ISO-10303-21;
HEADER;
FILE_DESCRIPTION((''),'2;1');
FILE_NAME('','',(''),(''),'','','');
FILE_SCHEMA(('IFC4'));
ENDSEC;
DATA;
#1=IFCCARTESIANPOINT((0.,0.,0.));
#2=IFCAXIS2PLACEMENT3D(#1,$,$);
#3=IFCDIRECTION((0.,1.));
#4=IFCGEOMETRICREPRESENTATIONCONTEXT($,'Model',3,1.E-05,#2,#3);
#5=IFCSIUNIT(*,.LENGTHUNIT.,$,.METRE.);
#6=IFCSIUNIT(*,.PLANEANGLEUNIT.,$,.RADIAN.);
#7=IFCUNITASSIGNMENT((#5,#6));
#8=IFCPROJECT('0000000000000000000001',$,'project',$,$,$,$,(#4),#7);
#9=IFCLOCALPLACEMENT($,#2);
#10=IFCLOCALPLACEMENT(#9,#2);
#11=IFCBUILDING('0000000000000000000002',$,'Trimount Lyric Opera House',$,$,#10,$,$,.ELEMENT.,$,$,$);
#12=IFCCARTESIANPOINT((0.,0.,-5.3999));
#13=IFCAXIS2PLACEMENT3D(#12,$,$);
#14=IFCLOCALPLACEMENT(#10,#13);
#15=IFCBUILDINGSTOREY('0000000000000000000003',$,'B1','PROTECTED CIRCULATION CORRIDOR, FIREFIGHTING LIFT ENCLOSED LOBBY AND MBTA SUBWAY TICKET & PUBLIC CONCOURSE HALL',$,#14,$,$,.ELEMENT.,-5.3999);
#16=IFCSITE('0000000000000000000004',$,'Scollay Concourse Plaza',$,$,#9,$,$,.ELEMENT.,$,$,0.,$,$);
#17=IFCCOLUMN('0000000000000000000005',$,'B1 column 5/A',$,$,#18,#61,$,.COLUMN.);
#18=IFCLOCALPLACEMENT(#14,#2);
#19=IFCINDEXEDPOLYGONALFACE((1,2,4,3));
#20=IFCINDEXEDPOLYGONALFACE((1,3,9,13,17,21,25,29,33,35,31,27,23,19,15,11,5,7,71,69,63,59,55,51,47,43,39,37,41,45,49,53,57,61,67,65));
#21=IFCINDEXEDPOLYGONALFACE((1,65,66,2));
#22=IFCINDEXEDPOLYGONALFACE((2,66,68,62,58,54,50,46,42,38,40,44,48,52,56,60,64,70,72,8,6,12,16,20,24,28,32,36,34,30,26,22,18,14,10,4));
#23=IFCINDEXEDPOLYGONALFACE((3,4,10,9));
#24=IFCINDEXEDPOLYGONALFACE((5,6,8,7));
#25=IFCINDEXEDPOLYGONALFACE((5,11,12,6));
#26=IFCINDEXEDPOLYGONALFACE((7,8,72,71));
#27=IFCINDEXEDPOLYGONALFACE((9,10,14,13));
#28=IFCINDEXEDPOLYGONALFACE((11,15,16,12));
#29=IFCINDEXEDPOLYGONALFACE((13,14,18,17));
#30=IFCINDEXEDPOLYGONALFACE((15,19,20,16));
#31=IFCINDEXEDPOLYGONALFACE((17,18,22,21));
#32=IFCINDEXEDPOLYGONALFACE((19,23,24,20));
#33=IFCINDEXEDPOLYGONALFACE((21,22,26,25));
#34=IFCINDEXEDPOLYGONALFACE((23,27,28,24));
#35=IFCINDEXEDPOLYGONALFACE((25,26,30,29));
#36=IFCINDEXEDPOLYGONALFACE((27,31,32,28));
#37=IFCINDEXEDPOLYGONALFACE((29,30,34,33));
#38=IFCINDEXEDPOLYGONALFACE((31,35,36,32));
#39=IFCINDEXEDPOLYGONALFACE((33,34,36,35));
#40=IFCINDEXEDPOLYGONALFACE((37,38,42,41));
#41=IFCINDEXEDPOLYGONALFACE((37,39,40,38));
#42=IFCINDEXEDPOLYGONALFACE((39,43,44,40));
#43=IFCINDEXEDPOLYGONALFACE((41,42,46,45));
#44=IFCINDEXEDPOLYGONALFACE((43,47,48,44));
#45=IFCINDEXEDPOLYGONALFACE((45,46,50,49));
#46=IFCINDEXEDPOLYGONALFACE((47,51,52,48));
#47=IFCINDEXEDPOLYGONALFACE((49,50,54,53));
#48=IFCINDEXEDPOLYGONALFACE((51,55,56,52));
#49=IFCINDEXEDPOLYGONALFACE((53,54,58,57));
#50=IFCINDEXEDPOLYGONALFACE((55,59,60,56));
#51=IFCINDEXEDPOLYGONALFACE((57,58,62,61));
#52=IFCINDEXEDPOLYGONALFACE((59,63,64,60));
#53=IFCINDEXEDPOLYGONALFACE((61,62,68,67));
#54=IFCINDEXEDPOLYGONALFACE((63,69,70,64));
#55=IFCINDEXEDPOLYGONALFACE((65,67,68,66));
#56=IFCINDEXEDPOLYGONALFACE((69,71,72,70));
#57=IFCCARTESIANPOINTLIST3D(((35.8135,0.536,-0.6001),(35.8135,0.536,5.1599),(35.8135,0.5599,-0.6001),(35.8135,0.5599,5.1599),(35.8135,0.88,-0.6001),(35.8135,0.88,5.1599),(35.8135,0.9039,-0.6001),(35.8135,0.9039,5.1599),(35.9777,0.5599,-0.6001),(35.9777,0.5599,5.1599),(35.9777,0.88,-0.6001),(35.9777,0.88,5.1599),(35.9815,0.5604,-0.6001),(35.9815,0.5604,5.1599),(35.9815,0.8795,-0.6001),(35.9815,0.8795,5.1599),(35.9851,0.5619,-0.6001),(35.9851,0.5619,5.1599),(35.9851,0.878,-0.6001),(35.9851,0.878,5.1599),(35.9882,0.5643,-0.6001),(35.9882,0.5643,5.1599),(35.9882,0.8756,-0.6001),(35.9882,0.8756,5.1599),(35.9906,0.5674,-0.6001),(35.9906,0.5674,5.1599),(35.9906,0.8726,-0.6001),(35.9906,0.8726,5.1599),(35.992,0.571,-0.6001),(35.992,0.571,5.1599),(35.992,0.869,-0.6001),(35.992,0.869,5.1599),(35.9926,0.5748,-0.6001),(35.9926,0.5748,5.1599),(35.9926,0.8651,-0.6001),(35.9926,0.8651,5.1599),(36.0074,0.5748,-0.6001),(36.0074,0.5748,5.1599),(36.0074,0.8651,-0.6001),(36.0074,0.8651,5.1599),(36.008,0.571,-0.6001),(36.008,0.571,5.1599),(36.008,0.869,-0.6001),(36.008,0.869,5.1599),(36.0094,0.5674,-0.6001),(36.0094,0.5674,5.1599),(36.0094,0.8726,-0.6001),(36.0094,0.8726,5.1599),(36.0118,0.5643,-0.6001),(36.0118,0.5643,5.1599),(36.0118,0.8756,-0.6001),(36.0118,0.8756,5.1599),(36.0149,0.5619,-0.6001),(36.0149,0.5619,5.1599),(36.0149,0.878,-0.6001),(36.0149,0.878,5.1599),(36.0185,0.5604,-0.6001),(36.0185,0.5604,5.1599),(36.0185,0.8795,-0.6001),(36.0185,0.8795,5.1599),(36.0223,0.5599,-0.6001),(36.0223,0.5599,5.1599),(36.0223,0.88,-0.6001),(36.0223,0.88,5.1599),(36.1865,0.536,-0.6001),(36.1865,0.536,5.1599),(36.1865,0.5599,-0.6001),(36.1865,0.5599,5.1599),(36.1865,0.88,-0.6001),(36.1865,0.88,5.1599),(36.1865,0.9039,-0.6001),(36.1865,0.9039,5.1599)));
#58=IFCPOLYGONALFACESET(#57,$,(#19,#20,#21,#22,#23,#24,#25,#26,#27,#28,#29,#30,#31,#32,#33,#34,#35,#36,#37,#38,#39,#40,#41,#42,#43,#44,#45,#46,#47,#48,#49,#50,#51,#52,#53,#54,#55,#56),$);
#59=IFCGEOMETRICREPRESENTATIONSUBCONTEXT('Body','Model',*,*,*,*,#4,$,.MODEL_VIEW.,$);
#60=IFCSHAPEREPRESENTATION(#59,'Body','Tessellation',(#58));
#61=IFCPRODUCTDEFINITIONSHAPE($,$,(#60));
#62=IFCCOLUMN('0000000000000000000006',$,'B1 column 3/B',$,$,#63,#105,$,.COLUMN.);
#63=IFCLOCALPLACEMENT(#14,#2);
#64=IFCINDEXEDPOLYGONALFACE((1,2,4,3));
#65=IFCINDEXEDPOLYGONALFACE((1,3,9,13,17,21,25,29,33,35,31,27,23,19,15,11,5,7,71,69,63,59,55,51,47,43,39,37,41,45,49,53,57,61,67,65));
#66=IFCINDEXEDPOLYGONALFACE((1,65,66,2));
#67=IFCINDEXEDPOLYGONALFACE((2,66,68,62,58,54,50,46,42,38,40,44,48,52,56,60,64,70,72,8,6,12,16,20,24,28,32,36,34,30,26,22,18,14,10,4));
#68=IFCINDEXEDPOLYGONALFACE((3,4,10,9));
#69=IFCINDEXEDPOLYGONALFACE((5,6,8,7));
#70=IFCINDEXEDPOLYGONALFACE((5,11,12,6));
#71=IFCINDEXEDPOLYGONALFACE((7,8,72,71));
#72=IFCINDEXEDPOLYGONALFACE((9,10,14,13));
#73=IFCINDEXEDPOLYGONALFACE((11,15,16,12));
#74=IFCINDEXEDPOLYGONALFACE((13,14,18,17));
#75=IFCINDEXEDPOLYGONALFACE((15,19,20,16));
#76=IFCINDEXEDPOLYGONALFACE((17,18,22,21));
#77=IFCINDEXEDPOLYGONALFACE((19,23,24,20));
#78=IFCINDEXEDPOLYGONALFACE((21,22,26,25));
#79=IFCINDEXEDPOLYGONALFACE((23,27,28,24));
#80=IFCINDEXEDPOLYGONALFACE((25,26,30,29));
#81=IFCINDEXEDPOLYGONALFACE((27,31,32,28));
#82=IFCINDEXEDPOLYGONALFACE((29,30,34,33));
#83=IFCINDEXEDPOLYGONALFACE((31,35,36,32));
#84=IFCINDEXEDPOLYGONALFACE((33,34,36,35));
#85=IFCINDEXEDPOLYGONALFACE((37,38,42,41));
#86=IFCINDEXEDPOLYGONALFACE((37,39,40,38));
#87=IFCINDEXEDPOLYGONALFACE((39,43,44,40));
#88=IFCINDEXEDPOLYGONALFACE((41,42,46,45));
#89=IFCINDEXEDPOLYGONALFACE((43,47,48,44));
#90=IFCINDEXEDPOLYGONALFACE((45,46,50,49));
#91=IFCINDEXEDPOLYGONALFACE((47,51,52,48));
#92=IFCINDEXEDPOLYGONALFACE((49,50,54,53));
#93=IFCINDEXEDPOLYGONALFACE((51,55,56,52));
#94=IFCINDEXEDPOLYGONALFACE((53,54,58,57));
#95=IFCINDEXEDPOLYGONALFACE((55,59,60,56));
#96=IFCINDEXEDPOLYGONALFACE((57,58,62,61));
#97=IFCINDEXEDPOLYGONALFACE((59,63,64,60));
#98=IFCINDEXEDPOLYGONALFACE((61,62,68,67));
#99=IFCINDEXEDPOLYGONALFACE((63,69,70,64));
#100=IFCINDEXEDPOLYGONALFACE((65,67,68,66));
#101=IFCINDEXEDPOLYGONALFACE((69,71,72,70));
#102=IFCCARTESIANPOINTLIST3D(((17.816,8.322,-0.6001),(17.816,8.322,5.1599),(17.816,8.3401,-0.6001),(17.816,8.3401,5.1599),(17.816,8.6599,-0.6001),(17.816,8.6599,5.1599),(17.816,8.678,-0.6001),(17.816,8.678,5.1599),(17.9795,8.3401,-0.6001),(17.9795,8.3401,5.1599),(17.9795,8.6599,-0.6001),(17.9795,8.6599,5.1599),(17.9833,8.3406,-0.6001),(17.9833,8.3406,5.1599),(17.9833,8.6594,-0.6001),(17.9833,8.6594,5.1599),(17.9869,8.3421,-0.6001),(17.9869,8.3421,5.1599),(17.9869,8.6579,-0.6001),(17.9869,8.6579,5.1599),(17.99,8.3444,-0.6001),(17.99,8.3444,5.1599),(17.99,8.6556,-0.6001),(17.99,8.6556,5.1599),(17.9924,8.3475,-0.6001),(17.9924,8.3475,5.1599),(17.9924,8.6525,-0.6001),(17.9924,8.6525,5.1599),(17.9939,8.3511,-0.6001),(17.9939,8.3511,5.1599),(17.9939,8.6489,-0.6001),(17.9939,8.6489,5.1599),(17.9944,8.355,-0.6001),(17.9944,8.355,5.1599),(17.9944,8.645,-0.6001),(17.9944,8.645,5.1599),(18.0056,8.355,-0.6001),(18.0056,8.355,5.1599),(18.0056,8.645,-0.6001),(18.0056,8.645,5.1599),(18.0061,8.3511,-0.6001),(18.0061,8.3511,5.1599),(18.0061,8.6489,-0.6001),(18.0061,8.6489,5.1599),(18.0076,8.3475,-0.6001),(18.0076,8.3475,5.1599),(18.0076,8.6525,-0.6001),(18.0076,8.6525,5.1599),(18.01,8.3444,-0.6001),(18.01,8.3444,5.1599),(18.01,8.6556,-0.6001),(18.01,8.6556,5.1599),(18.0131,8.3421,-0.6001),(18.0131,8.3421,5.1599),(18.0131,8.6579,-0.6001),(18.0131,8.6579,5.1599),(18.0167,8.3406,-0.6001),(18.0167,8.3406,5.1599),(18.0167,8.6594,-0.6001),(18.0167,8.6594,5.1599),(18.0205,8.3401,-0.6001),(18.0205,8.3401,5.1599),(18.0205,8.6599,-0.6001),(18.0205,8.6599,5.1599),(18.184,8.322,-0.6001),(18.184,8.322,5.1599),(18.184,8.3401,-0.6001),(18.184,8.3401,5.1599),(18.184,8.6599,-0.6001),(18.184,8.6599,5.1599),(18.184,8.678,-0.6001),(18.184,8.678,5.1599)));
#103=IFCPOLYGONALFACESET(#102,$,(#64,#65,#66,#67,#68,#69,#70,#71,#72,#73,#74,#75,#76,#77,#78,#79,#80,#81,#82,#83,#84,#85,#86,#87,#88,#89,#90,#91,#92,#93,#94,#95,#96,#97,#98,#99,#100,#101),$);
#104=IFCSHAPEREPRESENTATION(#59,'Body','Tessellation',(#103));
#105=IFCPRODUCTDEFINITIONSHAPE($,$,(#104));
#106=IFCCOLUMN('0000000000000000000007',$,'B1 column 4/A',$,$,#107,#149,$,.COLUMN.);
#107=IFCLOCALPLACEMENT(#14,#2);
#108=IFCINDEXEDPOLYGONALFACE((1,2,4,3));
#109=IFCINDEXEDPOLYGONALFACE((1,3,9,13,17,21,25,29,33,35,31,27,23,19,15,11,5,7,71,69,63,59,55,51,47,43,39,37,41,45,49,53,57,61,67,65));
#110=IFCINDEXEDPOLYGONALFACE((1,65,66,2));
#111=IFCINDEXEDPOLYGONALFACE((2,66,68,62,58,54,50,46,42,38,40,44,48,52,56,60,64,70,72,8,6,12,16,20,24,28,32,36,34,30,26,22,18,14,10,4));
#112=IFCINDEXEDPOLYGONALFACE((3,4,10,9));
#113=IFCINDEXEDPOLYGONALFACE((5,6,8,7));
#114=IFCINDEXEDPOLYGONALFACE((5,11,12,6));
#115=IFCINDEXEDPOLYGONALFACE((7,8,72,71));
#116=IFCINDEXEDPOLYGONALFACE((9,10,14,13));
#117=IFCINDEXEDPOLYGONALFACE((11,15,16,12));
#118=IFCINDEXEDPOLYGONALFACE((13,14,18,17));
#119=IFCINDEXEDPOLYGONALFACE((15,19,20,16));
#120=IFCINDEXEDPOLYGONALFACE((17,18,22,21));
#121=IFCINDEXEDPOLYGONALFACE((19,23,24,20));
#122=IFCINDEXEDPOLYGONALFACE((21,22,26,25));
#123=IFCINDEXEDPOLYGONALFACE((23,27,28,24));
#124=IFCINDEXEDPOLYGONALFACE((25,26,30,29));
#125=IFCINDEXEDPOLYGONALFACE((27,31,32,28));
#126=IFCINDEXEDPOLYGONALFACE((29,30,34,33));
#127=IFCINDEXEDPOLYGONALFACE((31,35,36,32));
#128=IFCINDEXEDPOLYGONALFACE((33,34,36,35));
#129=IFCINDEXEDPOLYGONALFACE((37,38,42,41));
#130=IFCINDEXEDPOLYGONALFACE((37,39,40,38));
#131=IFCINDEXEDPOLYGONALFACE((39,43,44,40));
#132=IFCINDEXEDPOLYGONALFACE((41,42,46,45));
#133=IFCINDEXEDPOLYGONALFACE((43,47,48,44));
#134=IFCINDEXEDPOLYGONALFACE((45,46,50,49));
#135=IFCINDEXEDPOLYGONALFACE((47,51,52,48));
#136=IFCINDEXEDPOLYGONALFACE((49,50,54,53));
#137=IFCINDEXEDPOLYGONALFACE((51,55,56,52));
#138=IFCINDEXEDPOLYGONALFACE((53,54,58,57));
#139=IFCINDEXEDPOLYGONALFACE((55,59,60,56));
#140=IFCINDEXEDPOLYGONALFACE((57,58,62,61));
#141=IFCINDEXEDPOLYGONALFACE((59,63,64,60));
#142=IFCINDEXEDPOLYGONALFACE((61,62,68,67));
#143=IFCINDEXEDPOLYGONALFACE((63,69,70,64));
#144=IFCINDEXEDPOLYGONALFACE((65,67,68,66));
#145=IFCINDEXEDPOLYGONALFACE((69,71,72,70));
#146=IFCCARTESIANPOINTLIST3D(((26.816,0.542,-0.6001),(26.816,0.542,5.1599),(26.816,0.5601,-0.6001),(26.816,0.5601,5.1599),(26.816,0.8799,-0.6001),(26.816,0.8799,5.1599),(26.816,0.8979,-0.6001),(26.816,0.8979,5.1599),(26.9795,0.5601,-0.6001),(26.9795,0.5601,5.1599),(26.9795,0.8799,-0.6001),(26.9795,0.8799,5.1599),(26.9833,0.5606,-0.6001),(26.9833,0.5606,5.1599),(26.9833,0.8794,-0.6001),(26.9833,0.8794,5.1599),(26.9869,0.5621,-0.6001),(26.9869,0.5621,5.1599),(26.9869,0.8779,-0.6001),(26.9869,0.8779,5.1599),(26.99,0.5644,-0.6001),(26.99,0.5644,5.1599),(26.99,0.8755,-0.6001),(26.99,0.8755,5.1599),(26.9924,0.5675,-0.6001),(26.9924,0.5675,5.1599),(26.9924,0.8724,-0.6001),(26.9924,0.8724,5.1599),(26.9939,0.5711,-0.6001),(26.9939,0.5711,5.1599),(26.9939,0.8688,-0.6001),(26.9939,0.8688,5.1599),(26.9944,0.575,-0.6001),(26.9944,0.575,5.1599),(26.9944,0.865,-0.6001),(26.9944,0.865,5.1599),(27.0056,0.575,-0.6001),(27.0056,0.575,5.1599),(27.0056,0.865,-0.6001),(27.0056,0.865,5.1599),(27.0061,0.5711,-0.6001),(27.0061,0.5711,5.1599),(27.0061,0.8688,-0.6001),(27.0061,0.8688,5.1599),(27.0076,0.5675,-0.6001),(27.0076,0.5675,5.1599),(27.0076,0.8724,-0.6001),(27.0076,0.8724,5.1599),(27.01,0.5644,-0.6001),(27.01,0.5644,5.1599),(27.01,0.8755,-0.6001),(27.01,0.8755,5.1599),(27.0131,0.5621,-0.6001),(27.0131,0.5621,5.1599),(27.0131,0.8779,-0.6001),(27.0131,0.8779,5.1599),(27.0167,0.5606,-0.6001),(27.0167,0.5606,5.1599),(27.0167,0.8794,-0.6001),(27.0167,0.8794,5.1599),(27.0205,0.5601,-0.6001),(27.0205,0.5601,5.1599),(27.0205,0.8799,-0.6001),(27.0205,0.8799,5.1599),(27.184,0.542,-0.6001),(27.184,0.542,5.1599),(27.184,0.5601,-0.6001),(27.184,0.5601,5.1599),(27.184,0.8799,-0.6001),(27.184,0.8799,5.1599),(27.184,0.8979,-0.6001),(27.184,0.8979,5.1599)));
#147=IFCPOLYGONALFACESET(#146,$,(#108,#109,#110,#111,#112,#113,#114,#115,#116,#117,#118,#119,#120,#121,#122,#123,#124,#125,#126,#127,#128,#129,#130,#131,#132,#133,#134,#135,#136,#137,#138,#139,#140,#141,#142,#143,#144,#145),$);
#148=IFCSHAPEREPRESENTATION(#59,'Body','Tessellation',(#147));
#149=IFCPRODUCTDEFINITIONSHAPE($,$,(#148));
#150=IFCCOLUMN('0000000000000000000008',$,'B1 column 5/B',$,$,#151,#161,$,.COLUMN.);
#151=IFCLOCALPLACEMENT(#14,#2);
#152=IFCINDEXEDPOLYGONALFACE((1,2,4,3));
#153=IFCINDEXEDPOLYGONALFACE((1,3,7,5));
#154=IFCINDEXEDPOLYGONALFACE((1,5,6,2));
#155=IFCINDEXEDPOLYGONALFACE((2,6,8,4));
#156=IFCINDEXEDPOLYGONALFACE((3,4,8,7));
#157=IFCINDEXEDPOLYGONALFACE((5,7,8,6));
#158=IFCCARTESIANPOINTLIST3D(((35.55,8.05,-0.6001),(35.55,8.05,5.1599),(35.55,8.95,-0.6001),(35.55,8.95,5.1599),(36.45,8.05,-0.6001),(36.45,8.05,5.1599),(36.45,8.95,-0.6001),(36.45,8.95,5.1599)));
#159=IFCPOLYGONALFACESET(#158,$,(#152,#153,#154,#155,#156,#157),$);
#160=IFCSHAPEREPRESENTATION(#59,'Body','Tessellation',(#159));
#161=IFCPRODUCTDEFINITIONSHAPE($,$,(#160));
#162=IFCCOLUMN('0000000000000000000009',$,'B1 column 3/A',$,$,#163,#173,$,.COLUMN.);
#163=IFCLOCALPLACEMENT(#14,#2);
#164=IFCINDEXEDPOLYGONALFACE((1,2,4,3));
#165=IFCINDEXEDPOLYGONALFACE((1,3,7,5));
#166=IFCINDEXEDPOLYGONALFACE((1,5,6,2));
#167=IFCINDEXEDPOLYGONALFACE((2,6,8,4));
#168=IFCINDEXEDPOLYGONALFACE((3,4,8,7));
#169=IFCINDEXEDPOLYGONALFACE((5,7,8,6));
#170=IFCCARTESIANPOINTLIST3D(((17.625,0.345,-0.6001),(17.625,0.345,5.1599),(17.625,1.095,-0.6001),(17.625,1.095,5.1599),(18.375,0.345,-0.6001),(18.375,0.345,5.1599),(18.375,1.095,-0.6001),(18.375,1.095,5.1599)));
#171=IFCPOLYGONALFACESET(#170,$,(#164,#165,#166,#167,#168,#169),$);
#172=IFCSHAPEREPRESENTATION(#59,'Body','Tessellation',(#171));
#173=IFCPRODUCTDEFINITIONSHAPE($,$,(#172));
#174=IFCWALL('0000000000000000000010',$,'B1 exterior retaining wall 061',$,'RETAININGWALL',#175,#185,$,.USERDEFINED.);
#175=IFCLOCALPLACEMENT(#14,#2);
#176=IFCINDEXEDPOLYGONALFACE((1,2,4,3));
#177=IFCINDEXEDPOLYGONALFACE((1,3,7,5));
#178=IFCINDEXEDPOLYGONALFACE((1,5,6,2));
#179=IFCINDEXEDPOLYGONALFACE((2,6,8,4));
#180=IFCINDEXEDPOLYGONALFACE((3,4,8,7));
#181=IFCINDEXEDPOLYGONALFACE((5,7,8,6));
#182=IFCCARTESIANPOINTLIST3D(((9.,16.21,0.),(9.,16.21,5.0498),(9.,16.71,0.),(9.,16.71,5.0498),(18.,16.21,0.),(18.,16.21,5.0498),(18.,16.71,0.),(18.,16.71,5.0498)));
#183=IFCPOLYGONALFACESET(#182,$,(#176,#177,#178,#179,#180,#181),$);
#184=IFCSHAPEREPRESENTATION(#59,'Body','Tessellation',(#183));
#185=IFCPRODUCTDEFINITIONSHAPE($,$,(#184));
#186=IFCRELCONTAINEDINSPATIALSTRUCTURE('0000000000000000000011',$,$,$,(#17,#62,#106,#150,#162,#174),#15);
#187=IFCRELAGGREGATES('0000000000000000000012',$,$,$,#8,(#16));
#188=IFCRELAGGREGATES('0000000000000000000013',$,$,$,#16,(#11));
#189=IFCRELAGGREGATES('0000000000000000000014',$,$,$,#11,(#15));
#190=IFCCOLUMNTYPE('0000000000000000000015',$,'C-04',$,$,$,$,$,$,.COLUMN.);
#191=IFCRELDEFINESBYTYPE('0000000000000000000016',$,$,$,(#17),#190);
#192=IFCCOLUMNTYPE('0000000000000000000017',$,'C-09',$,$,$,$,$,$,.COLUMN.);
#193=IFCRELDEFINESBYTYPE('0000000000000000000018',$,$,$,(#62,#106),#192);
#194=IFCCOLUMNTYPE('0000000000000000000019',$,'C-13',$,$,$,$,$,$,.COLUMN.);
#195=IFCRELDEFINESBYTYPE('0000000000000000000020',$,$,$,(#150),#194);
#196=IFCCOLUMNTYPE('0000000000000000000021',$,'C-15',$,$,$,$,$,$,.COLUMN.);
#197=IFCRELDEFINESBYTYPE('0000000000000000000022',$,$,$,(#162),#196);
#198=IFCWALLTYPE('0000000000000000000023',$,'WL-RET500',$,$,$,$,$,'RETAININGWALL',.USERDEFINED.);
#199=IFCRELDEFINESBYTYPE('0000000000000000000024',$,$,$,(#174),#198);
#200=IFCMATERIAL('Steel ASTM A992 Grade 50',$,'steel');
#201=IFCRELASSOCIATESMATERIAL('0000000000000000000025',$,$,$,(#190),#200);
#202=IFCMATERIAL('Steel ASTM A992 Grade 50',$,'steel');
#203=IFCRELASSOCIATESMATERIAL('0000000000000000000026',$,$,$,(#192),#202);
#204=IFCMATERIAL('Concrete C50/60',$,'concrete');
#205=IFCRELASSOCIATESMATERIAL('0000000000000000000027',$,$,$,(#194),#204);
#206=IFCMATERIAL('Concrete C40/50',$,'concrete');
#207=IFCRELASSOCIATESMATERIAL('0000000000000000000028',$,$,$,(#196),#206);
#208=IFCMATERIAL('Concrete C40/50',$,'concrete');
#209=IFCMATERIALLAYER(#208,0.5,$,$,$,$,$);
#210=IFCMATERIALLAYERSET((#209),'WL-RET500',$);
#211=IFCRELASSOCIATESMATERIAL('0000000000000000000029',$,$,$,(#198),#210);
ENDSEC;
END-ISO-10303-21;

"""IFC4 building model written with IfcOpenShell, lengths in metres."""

from ifc_helpers import new_model, si_unit, direction, frame, frame_2d, origin, origin_2d, place, context, subcontext, project, spatial, rectangle, i_section, extrude, material, layer, layer_set, material_profile, profile_set, type_object, element, save


model = new_model("IFC4")

# Units and contexts
model_context = context("Model", 3, precision=1e-05, world=origin(), true_north=direction((0.0, 1.0)))
body_context = subcontext(model_context, "Body", "Model", "MODEL_VIEW")
ifc_project = project(units=[si_unit("LENGTHUNIT", "METRE"), si_unit("PLANEANGLEUNIT", "RADIAN")], contexts=[model_context])

# Site, building, storey
site_placement = place(None, origin())
site = spatial("IfcSite", under=ifc_project, at=site_placement, Name="Scollay Concourse Plaza", CompositionType="ELEMENT", RefElevation=0.0)
building_placement = place(site_placement, origin())
building = spatial("IfcBuilding", under=site, at=building_placement, Name="Trimount Lyric Opera House", CompositionType="ELEMENT")
storey_placement = place(building_placement, frame((0.0, 0.0, -5.3999)))
storey = spatial("IfcBuildingStorey", under=building, at=storey_placement, Name="B1", Description="PROTECTED CIRCULATION CORRIDOR, FIREFIGHTING LIFT ENCLOSED LOBBY AND MBTA SUBWAY TICKET & PUBLIC CONCOURSE HALL", CompositionType="ELEMENT", Elevation=-5.3999)

# Columns
ifc_material_1 = material(Name="Steel ASTM A992 Grade 50", Category="steel")
ifc_material_profile_1 = material_profile(ifc_material_1, i_section(OverallWidth=0.373, OverallDepth=0.3679, WebThickness=0.0149, FlangeThickness=0.0239, FilletRadius=0.0149, at=origin_2d()), Name="W14X120")
ifc_profile_set_1 = profile_set([ifc_material_profile_1], Name="Steel ASTM A992 Grade 50")
column_type_1 = type_object("IfcColumnType", Name="C-04", PredefinedType="COLUMN", material=ifc_profile_set_1)
for number, where, z_axis, x_axis, name in (
    (1, (36.0, 0.72, -0.6001), (0.0, 0.0, 1.0), (1.0, 0.0, 0.0), "B1 column 5/A"),
):
    element("IfcColumn", number, at=place(storey_placement, frame(where, z_axis=z_axis, x_axis=x_axis)), inside=storey, type_object=column_type_1, Name=name, PredefinedType="COLUMN", context=body_context, shape_type="SweptSolid", body=[
        extrude(i_section(OverallWidth=0.373, OverallDepth=0.3679, WebThickness=0.0149, FlangeThickness=0.0239, FilletRadius=0.0149, at=origin_2d()), origin(), (0.0, 0.0, 1.0), 5.76),
    ])
ifc_material_2 = material(Name="Steel ASTM A992 Grade 50", Category="steel")
ifc_material_profile_2 = material_profile(ifc_material_2, i_section(OverallWidth=0.3679, OverallDepth=0.356, WebThickness=0.0112, FlangeThickness=0.0181, FilletRadius=0.0149, at=origin_2d()), Name="W14X90")
ifc_profile_set_2 = profile_set([ifc_material_profile_2], Name="Steel ASTM A992 Grade 50")
column_type_2 = type_object("IfcColumnType", Name="C-09", PredefinedType="COLUMN", material=ifc_profile_set_2)
for number, where, z_axis, x_axis, name in (
    (2, (18.0, 8.5, -0.6001), (0.0, 0.0, 1.0), (1.0, 0.0, 0.0), "B1 column 3/B"),
    (3, (27.0, 0.72, -0.6001), (0.0, 0.0, 1.0), (1.0, 0.0, 0.0), "B1 column 4/A"),
):
    element("IfcColumn", number, at=place(storey_placement, frame(where, z_axis=z_axis, x_axis=x_axis)), inside=storey, type_object=column_type_2, Name=name, PredefinedType="COLUMN", context=body_context, shape_type="SweptSolid", body=[
        extrude(i_section(OverallWidth=0.3679, OverallDepth=0.356, WebThickness=0.0112, FlangeThickness=0.0181, FilletRadius=0.0149, at=origin_2d()), origin(), (0.0, 0.0, 1.0), 5.76),
    ])
ifc_material_3 = material(Name="Concrete C50/60", Category="concrete")
ifc_material_profile_3 = material_profile(ifc_material_3, rectangle(XDim=0.8999, YDim=0.8999, at=origin_2d()), Name="RC900X900")
ifc_profile_set_3 = profile_set([ifc_material_profile_3], Name="Concrete C50/60")
column_type_3 = type_object("IfcColumnType", Name="C-13", PredefinedType="COLUMN", material=ifc_profile_set_3)
column_1_placement = place(storey_placement, frame((36.0, 8.5, -0.6001), z_axis=(0.0, 0.0, 1.0), x_axis=(1.0, 0.0, 0.0)))
element("IfcColumn", 4, at=column_1_placement, inside=storey, type_object=column_type_3, Name="B1 column 5/B", PredefinedType="COLUMN", context=body_context, shape_type="SweptSolid", body=[
    extrude(rectangle(XDim=0.8999, YDim=0.8999, at=origin_2d()), origin(), (0.0, 0.0, 1.0), 5.76),
])
ifc_material_4 = material(Name="Concrete C40/50", Category="concrete")
ifc_material_profile_4 = material_profile(ifc_material_4, rectangle(XDim=0.75, YDim=0.75, at=origin_2d()), Name="RC750X750")
ifc_profile_set_4 = profile_set([ifc_material_profile_4], Name="Concrete C40/50")
column_type_4 = type_object("IfcColumnType", Name="C-15", PredefinedType="COLUMN", material=ifc_profile_set_4)
column_2_placement = place(storey_placement, frame((18.0, 0.72, -0.6001), z_axis=(0.0, 0.0, 1.0), x_axis=(1.0, 0.0, 0.0)))
element("IfcColumn", 5, at=column_2_placement, inside=storey, type_object=column_type_4, Name="B1 column 3/A", PredefinedType="COLUMN", context=body_context, shape_type="SweptSolid", body=[
    extrude(rectangle(XDim=0.75, YDim=0.75, at=origin_2d()), origin(), (0.0, 0.0, 1.0), 5.76),
])

# Wall
ifc_material_5 = material(Name="Concrete C40/50", Category="concrete")
ifc_layer = layer(ifc_material_5, 0.5)
ifc_layer_set = layer_set([ifc_layer], Name="WL-RET500")
wall_type = type_object("IfcWallType", Name="WL-RET500", ElementType="RETAININGWALL", PredefinedType="USERDEFINED", material=ifc_layer_set)
wall_placement = place(storey_placement, frame((18.0, 16.46, 0.0), z_axis=(0.0, 0.0, 1.0), x_axis=(-1.0, 0.0, 0.0)))
element("IfcWall", 6, at=wall_placement, inside=storey, type_object=wall_type, Name="B1 exterior retaining wall 061", ObjectType="RETAININGWALL", PredefinedType="USERDEFINED", context=body_context, shape_type="SweptSolid", body=[
    extrude(rectangle(XDim=9.0, YDim=0.5, at=frame_2d((4.5, 0.0))), origin(), (0.0, 0.0, 1.0), 5.0498),
])

save(model, "model.ifc")
